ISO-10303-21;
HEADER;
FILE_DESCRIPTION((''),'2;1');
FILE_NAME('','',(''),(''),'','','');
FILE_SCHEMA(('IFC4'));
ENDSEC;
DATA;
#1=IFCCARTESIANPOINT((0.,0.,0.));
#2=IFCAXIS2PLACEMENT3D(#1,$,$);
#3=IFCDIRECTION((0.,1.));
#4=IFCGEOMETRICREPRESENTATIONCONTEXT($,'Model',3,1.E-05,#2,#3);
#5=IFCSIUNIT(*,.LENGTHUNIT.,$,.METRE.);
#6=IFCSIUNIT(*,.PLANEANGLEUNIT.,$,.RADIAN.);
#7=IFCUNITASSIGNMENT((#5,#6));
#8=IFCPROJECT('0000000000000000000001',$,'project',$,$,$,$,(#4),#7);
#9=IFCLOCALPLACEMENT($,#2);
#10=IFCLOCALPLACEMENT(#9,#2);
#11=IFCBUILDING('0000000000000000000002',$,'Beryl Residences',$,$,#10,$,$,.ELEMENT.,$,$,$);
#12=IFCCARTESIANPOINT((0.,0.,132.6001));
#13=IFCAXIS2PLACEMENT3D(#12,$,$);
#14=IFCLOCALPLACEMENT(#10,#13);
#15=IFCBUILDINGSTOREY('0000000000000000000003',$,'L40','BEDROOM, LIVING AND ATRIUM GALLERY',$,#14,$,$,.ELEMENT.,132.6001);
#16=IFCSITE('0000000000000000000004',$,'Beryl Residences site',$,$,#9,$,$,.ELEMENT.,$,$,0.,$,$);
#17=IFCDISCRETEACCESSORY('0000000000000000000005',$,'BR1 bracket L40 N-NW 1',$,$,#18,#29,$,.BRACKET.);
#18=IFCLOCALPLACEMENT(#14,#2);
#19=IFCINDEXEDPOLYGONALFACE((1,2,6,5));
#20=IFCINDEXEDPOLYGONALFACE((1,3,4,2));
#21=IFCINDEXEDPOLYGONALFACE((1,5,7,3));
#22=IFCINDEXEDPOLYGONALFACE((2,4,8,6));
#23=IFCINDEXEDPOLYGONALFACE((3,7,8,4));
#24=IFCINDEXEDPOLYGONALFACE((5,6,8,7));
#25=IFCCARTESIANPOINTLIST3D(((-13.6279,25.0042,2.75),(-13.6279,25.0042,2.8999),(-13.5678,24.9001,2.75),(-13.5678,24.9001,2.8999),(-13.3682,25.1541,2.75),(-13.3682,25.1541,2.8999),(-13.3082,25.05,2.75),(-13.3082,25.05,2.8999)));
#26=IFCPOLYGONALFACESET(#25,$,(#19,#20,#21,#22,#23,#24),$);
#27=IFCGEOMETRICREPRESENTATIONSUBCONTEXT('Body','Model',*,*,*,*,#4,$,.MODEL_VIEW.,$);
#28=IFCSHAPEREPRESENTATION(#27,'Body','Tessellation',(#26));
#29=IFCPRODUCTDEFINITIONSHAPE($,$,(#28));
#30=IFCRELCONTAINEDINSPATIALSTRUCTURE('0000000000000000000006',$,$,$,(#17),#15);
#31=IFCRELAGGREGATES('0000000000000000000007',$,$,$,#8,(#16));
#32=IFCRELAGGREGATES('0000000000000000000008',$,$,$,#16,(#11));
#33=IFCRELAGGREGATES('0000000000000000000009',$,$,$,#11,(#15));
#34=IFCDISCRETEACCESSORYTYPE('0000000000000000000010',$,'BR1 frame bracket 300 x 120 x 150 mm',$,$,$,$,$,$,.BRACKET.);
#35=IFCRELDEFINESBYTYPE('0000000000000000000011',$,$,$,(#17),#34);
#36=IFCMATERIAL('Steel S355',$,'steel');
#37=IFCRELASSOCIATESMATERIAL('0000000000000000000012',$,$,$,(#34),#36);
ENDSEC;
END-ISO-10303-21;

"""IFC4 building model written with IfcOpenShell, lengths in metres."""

from ifc_helpers import new_model, si_unit, direction, frame, origin, place, context, subcontext, project, spatial, polyline, outline, extrude, source, transform, mapped, material, type_object, type_shapes, element, save


model = new_model("IFC4")

# Units and contexts
model_context = context("Model", 3, precision=1e-05, world=origin(), true_north=direction((0.0, 1.0)))
body_context = subcontext(model_context, "Body", "Model", "MODEL_VIEW")
ifc_project = project(units=[si_unit("LENGTHUNIT", "METRE"), si_unit("PLANEANGLEUNIT", "RADIAN")], contexts=[model_context])

# Site, building, storey
site_placement = place(None, origin())
site = spatial("IfcSite", under=ifc_project, at=site_placement, Name="Beryl Residences site", CompositionType="ELEMENT", RefElevation=0.0)
building_placement = place(site_placement, origin())
building = spatial("IfcBuilding", under=site, at=building_placement, Name="Beryl Residences", CompositionType="ELEMENT")
storey_placement = place(building_placement, frame((0.0, 0.0, 132.6001)))
storey = spatial("IfcBuildingStorey", under=building, at=storey_placement, Name="L40", Description="BEDROOM, LIVING AND ATRIUM GALLERY", CompositionType="ELEMENT", Elevation=132.6001)

# Discrete accessory
ifc_material_1 = material(Name="Steel S355", Category="steel")
discrete_accessory_type = type_object("IfcDiscreteAccessoryType", Name="BR1 frame bracket 300 x 120 x 150 mm", PredefinedType="BRACKET", material=ifc_material_1)
shared_shape_1 = source(origin(), body_context, "Body", "SweptSolid", [
    extrude(outline(polyline([(-0.1499, 0.0), (0.1499, 0.0), (0.1499, 0.1201), (-0.1499, 0.1201), (-0.1499, 0.0)])), origin(), (0.0, 0.0, 1.0), 0.1499),
])
type_shapes(discrete_accessory_type, [shared_shape_1])
discrete_accessory_placement = place(storey_placement, frame((-13.438, 24.9751, 2.75), z_axis=(0.0, 0.0, 1.0), x_axis=(0.866025, 0.5, 0.0)))
element("IfcDiscreteAccessory", 1, at=discrete_accessory_placement, inside=storey, type_object=discrete_accessory_type, Name="BR1 bracket L40 N-NW 1", PredefinedType="BRACKET", context=body_context, shape_type="MappedRepresentation", body=[
    mapped(shared_shape_1, transform((0.0, 0.0, 0.0))),
])

save(model, "model.ifc")
